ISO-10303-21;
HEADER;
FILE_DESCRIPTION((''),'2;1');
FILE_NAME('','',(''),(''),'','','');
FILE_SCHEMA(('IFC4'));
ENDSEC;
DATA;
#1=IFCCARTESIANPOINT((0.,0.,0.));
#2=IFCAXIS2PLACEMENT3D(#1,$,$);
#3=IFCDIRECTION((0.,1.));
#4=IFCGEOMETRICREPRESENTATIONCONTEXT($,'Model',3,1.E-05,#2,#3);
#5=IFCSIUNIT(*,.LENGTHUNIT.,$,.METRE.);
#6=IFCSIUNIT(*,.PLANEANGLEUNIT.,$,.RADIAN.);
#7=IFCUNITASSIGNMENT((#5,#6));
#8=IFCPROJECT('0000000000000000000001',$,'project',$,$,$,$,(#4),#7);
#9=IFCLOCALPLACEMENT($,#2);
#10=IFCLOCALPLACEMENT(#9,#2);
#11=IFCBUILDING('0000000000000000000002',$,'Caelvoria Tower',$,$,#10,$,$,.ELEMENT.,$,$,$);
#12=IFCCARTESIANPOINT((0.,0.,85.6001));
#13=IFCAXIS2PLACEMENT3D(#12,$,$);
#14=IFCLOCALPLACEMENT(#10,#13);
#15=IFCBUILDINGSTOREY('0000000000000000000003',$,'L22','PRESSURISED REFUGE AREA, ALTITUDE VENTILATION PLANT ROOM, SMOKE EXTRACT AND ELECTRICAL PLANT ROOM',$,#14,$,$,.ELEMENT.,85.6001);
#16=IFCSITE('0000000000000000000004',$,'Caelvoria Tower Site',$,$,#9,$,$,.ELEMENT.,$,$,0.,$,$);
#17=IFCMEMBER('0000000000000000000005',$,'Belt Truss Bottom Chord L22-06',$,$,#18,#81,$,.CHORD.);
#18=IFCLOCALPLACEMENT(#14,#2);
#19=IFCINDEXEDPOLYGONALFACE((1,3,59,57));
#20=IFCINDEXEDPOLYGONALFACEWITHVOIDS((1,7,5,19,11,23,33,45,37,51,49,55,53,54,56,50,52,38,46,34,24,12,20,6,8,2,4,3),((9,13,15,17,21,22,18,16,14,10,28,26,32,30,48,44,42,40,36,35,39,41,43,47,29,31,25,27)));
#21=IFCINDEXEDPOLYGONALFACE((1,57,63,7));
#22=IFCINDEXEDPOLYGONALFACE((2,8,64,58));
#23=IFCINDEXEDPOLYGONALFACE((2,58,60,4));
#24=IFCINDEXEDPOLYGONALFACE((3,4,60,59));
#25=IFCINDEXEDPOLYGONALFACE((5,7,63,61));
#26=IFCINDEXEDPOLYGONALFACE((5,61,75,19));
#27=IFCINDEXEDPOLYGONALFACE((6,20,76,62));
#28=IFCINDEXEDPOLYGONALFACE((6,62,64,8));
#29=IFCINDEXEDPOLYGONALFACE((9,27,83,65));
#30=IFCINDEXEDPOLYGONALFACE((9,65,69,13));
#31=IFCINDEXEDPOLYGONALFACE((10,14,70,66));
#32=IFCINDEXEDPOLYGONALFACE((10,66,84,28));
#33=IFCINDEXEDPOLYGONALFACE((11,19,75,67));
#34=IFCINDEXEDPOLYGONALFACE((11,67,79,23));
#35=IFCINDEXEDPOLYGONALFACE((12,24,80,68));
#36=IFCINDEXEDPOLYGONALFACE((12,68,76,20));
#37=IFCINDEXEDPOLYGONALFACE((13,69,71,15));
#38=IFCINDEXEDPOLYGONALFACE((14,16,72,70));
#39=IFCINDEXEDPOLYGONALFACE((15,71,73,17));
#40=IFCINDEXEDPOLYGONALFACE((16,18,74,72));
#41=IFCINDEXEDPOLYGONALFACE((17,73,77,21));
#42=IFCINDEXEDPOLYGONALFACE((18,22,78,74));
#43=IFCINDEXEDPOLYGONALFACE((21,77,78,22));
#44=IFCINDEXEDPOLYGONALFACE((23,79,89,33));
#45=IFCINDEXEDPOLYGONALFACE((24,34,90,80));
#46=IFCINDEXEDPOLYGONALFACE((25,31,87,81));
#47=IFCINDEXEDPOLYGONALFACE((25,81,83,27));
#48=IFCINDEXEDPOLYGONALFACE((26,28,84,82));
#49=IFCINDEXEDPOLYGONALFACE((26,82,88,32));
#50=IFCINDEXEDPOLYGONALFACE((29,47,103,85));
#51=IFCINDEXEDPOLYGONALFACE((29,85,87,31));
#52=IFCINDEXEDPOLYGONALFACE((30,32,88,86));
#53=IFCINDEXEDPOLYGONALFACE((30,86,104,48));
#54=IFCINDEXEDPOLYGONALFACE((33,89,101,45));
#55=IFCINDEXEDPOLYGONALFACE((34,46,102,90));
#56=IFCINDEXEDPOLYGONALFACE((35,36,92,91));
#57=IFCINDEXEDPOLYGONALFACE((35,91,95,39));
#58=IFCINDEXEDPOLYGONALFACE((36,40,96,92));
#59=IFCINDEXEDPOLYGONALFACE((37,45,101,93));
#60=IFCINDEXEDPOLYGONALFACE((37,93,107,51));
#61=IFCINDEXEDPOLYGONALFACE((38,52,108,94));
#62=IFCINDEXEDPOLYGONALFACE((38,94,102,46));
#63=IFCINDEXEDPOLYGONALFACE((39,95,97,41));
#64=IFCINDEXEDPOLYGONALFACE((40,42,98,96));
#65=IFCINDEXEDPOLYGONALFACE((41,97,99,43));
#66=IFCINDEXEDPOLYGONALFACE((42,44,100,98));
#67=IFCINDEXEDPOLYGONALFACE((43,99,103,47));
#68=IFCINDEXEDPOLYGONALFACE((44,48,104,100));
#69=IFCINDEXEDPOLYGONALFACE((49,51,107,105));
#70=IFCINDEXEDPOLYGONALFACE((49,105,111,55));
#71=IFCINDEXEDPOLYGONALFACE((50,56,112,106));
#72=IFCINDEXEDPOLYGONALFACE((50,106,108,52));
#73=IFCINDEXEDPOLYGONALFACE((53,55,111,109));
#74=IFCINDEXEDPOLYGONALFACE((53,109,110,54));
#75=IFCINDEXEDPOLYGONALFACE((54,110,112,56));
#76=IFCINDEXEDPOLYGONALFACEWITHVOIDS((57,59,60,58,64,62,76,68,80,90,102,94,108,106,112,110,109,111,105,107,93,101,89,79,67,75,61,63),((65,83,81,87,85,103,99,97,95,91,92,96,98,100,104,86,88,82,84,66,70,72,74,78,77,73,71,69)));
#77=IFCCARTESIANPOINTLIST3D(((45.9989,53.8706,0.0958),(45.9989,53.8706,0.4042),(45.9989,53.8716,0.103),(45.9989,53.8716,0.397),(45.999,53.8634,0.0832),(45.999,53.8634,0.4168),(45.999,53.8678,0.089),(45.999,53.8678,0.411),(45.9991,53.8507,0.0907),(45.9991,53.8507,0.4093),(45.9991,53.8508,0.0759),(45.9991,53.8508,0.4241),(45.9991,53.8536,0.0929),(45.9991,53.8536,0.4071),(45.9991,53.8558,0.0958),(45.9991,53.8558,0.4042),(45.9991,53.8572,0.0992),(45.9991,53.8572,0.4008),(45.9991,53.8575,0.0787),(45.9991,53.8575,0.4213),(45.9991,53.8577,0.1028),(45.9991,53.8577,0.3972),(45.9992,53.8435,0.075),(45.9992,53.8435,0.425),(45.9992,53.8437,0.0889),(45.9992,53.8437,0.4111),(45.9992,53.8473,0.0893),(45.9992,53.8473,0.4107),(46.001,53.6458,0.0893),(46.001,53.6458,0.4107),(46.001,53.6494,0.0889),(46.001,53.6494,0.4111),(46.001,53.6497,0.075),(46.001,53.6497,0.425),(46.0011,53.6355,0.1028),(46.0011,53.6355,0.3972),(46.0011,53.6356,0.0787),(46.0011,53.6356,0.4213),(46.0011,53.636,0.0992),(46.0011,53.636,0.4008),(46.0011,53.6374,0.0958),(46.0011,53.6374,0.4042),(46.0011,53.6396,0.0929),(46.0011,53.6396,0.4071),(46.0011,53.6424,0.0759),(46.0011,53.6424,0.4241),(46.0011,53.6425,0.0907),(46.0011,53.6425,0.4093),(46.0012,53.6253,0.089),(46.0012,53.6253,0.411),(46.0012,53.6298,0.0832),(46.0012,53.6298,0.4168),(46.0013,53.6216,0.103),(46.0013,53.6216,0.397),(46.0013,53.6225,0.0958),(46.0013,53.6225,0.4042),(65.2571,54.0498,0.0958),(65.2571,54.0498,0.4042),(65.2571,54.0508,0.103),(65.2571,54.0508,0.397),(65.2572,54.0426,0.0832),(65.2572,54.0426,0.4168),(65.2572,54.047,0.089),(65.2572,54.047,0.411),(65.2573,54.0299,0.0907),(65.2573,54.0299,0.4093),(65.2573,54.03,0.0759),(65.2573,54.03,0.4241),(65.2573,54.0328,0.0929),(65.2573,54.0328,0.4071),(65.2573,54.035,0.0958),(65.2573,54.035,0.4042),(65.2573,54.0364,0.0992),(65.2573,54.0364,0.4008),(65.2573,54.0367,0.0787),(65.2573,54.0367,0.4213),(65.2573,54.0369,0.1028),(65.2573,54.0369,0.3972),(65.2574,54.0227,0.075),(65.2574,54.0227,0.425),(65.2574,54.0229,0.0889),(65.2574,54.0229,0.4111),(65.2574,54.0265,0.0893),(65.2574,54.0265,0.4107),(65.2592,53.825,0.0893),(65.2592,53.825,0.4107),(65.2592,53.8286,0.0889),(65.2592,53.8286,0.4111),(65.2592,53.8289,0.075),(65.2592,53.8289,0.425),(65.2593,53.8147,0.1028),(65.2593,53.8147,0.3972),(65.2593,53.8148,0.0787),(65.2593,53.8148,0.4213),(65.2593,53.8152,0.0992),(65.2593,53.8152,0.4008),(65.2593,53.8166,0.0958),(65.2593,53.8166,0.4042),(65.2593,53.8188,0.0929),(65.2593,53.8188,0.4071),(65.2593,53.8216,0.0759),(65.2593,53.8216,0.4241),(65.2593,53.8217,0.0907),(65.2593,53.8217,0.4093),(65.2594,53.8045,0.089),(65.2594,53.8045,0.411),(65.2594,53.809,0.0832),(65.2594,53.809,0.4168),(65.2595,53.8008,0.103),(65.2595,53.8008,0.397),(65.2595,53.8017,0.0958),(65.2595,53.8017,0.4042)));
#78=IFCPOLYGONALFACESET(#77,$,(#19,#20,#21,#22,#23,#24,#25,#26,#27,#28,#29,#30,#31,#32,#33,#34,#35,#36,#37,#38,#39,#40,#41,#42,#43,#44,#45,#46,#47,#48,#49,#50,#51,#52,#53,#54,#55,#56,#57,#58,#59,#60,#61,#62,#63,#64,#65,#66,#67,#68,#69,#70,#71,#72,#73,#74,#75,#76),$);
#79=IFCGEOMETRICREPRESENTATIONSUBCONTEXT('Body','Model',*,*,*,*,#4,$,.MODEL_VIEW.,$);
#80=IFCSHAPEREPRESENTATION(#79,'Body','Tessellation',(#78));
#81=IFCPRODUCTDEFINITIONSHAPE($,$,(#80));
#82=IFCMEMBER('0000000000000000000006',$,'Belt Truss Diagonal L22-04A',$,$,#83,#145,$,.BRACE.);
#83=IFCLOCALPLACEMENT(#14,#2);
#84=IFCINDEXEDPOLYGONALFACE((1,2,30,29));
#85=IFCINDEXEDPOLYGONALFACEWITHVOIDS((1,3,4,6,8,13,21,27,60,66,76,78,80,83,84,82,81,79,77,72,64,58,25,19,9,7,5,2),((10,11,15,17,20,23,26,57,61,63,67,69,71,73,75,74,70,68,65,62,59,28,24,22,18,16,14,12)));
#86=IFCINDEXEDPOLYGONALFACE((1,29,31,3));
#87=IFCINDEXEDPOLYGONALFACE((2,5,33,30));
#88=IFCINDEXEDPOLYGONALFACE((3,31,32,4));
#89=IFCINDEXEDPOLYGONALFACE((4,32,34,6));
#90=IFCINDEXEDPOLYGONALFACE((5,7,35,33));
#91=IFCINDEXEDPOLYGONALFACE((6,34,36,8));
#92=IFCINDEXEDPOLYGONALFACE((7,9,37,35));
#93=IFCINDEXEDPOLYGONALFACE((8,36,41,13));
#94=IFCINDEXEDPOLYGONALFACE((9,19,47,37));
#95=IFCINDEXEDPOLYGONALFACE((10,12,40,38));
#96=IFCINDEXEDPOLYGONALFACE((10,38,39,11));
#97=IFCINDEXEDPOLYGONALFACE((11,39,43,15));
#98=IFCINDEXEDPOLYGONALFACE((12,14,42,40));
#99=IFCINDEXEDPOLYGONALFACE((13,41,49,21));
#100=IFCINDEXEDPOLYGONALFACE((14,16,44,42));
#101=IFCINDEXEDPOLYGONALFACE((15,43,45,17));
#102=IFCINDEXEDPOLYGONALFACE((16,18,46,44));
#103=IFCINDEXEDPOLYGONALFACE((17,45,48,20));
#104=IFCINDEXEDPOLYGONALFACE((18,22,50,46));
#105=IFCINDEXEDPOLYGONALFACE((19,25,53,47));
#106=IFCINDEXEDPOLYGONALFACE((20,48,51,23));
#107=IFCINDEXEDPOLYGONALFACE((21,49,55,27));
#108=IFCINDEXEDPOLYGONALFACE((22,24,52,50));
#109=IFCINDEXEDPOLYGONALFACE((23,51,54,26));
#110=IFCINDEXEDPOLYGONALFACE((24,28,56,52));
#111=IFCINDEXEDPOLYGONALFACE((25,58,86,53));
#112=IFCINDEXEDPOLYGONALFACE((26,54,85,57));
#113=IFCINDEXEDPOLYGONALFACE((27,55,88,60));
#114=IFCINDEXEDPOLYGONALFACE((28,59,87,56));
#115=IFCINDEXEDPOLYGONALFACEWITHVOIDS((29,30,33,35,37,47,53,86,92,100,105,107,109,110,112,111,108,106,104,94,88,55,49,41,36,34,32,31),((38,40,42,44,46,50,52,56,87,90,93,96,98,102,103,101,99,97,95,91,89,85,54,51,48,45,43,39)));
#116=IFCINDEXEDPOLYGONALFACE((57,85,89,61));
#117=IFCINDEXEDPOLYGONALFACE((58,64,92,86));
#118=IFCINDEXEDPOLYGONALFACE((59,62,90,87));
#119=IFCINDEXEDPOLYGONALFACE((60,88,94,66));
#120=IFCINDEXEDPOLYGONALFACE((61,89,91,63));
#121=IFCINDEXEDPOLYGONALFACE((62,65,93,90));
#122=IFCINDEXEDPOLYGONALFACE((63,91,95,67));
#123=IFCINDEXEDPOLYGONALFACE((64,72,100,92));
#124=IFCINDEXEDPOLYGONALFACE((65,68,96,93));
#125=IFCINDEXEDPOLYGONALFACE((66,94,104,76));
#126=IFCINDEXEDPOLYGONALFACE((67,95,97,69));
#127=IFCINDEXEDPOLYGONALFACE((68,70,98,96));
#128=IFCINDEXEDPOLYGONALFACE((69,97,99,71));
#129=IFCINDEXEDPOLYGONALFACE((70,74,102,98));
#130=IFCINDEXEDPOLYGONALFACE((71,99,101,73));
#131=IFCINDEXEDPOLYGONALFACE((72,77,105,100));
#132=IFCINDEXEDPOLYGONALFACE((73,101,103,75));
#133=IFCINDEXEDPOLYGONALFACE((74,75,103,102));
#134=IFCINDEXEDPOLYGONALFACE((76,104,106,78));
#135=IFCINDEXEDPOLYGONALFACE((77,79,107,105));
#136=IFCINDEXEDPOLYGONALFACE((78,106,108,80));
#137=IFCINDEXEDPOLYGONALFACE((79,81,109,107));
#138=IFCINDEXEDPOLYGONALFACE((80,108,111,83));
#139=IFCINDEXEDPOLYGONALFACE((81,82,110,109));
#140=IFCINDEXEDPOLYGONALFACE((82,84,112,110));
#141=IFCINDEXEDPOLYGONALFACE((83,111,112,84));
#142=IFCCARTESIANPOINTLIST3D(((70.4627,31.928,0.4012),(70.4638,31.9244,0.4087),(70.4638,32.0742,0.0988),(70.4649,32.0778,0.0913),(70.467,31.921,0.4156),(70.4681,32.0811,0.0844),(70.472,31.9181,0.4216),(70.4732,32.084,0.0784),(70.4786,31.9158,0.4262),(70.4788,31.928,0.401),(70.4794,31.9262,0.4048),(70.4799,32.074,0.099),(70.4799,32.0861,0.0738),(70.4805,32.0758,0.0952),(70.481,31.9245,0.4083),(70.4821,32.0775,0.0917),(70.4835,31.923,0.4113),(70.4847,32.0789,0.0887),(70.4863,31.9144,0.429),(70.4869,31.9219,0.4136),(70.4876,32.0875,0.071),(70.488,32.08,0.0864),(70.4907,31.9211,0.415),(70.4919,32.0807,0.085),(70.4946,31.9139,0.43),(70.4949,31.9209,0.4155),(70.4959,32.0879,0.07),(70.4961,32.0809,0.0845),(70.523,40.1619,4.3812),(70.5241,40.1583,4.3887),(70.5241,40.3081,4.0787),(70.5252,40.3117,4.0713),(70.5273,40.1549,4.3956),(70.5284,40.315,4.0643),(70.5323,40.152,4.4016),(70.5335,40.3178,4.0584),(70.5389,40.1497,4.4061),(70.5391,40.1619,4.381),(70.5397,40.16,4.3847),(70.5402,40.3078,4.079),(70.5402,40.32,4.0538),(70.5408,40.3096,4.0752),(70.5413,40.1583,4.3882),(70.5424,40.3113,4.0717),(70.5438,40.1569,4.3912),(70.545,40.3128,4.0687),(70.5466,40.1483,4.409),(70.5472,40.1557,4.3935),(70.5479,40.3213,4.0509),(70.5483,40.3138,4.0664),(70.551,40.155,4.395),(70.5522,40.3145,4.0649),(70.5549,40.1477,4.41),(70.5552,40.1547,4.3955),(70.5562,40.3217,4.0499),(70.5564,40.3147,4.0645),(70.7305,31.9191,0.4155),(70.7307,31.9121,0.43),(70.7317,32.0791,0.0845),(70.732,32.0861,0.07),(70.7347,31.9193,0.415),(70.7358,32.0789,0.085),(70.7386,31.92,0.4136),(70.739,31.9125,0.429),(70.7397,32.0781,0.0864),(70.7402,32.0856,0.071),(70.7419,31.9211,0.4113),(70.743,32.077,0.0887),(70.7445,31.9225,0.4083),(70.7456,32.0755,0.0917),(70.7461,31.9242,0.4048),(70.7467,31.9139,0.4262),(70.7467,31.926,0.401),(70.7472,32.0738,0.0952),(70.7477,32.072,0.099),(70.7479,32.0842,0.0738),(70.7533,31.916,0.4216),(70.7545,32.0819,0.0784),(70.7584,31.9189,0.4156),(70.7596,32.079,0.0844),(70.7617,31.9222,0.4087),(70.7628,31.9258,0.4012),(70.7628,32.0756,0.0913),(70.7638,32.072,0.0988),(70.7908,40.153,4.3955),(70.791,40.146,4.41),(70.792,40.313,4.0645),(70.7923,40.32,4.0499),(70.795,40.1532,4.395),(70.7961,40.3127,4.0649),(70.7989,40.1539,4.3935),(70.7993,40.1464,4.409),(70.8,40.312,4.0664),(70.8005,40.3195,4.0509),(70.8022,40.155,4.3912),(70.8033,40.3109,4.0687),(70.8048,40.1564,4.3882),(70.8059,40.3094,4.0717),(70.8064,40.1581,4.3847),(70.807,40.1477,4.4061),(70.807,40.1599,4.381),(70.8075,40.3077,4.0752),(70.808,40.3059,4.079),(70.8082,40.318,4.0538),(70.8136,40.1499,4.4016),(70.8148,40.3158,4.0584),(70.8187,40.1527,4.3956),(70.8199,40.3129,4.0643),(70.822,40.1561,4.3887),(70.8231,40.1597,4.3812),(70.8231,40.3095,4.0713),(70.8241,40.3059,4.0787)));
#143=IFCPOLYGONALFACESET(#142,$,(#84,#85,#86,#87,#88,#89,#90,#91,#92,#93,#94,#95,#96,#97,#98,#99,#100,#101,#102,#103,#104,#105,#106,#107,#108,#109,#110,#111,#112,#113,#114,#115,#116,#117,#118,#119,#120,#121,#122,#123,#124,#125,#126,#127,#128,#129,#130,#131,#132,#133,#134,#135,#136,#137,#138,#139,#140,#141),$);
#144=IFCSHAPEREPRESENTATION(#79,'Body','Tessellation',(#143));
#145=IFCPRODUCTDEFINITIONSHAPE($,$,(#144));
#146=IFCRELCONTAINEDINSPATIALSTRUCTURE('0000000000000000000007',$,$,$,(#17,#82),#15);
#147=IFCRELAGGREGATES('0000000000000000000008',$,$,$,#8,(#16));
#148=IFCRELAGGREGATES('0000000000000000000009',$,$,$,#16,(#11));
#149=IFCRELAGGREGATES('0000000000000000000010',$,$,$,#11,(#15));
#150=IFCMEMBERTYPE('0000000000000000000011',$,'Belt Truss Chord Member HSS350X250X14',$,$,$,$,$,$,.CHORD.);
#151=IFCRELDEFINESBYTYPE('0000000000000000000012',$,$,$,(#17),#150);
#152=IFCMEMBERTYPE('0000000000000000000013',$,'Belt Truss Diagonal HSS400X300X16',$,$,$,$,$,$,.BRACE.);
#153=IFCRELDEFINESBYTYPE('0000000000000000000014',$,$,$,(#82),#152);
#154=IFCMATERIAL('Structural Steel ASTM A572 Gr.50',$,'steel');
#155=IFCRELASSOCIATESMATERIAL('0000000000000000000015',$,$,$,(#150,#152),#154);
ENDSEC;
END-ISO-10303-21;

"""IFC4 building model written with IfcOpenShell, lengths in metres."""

from ifc_helpers import new_model, si_unit, direction, frame, origin, origin_2d, place, context, subcontext, project, spatial, hollow_rectangle, extrude, material, material_profile, profile_set, type_object, element, save


model = new_model("IFC4")

# Units and contexts
model_context = context("Model", 3, precision=1e-05, world=origin(), true_north=direction((0.0, 1.0)))
body_context = subcontext(model_context, "Body", "Model", "MODEL_VIEW")
ifc_project = project(units=[si_unit("LENGTHUNIT", "METRE"), si_unit("PLANEANGLEUNIT", "RADIAN")], contexts=[model_context])

# Site, building, storey
site_placement = place(None, origin())
site = spatial("IfcSite", under=ifc_project, at=site_placement, Name="Caelvoria Tower Site", CompositionType="ELEMENT", RefElevation=0.0)
building_placement = place(site_placement, origin())
building = spatial("IfcBuilding", under=site, at=building_placement, Name="Caelvoria Tower", CompositionType="ELEMENT")
storey_placement = place(building_placement, frame((0.0, 0.0, 85.6001)))
storey = spatial("IfcBuildingStorey", under=building, at=storey_placement, Name="L22", Description="PRESSURISED REFUGE AREA, ALTITUDE VENTILATION PLANT ROOM, SMOKE EXTRACT AND ELECTRICAL PLANT ROOM", CompositionType="ELEMENT", Elevation=85.6001)

# Shared definitions
ifc_material_1 = material(Name="Structural Steel ASTM A572 Gr.50", Category="steel")

# Members
ifc_material_profile_1 = material_profile(ifc_material_1, hollow_rectangle(XDim=0.25, YDim=0.3501, WallThickness=0.0139, InnerFilletRadius=0.0139, OuterFilletRadius=0.0281, at=origin_2d()), Name="Structural Steel ASTM A572 Gr.50")
ifc_profile_set_1 = profile_set([ifc_material_profile_1], Name="HSS350X250X14 - Structural Steel ASTM A572 Gr.50")
member_type_1 = type_object("IfcMemberType", Name="Belt Truss Chord Member HSS350X250X14", PredefinedType="CHORD", material=ifc_profile_set_1)
member_1_placement = place(storey_placement, frame((65.2583, 53.9258, 0.25), z_axis=(-0.999957, -0.009305, 0.0), x_axis=(0.009305, -0.999957, 0.0)))
element("IfcMember", 1, at=member_1_placement, inside=storey, type_object=member_type_1, Name="Belt Truss Bottom Chord L22-06", PredefinedType="CHORD", context=body_context, shape_type="SweptSolid", body=[
    extrude(hollow_rectangle(XDim=0.25, YDim=0.3501, WallThickness=0.0139, InnerFilletRadius=0.0139, OuterFilletRadius=0.0281, at=origin_2d()), origin(), (0.0, 0.0, 1.0), 19.259),
])
ifc_material_profile_2 = material_profile(ifc_material_1, hollow_rectangle(XDim=0.3, YDim=0.3999, WallThickness=0.0161, InnerFilletRadius=0.0161, OuterFilletRadius=0.032, at=origin_2d()), Name="Structural Steel ASTM A572 Gr.50")
ifc_profile_set_2 = profile_set([ifc_material_profile_2], Name="HSS400X300X16 - Structural Steel ASTM A572 Gr.50")
member_type_2 = type_object("IfcMemberType", Name="Belt Truss Diagonal HSS400X300X16", PredefinedType="BRACE", material=ifc_profile_set_2)
for number, where, z_axis, x_axis, name in (
    (2, (70.6133, 32.0, 0.25), (0.006594, 0.900318, 0.435183), (-0.999973, 0.007324, 0.0), "Belt Truss Diagonal L22-04A"),
):
    element("IfcMember", number, at=place(storey_placement, frame(where, z_axis=z_axis, x_axis=x_axis)), inside=storey, type_object=member_type_2, Name=name, PredefinedType="BRACE", context=body_context, shape_type="SweptSolid", body=[
        extrude(hollow_rectangle(XDim=0.3, YDim=0.3999, WallThickness=0.0161, InnerFilletRadius=0.0161, OuterFilletRadius=0.032, at=origin_2d()), origin(), (0.0, 0.0, 1.0), 9.1455),
    ])

save(model, "model.ifc")
